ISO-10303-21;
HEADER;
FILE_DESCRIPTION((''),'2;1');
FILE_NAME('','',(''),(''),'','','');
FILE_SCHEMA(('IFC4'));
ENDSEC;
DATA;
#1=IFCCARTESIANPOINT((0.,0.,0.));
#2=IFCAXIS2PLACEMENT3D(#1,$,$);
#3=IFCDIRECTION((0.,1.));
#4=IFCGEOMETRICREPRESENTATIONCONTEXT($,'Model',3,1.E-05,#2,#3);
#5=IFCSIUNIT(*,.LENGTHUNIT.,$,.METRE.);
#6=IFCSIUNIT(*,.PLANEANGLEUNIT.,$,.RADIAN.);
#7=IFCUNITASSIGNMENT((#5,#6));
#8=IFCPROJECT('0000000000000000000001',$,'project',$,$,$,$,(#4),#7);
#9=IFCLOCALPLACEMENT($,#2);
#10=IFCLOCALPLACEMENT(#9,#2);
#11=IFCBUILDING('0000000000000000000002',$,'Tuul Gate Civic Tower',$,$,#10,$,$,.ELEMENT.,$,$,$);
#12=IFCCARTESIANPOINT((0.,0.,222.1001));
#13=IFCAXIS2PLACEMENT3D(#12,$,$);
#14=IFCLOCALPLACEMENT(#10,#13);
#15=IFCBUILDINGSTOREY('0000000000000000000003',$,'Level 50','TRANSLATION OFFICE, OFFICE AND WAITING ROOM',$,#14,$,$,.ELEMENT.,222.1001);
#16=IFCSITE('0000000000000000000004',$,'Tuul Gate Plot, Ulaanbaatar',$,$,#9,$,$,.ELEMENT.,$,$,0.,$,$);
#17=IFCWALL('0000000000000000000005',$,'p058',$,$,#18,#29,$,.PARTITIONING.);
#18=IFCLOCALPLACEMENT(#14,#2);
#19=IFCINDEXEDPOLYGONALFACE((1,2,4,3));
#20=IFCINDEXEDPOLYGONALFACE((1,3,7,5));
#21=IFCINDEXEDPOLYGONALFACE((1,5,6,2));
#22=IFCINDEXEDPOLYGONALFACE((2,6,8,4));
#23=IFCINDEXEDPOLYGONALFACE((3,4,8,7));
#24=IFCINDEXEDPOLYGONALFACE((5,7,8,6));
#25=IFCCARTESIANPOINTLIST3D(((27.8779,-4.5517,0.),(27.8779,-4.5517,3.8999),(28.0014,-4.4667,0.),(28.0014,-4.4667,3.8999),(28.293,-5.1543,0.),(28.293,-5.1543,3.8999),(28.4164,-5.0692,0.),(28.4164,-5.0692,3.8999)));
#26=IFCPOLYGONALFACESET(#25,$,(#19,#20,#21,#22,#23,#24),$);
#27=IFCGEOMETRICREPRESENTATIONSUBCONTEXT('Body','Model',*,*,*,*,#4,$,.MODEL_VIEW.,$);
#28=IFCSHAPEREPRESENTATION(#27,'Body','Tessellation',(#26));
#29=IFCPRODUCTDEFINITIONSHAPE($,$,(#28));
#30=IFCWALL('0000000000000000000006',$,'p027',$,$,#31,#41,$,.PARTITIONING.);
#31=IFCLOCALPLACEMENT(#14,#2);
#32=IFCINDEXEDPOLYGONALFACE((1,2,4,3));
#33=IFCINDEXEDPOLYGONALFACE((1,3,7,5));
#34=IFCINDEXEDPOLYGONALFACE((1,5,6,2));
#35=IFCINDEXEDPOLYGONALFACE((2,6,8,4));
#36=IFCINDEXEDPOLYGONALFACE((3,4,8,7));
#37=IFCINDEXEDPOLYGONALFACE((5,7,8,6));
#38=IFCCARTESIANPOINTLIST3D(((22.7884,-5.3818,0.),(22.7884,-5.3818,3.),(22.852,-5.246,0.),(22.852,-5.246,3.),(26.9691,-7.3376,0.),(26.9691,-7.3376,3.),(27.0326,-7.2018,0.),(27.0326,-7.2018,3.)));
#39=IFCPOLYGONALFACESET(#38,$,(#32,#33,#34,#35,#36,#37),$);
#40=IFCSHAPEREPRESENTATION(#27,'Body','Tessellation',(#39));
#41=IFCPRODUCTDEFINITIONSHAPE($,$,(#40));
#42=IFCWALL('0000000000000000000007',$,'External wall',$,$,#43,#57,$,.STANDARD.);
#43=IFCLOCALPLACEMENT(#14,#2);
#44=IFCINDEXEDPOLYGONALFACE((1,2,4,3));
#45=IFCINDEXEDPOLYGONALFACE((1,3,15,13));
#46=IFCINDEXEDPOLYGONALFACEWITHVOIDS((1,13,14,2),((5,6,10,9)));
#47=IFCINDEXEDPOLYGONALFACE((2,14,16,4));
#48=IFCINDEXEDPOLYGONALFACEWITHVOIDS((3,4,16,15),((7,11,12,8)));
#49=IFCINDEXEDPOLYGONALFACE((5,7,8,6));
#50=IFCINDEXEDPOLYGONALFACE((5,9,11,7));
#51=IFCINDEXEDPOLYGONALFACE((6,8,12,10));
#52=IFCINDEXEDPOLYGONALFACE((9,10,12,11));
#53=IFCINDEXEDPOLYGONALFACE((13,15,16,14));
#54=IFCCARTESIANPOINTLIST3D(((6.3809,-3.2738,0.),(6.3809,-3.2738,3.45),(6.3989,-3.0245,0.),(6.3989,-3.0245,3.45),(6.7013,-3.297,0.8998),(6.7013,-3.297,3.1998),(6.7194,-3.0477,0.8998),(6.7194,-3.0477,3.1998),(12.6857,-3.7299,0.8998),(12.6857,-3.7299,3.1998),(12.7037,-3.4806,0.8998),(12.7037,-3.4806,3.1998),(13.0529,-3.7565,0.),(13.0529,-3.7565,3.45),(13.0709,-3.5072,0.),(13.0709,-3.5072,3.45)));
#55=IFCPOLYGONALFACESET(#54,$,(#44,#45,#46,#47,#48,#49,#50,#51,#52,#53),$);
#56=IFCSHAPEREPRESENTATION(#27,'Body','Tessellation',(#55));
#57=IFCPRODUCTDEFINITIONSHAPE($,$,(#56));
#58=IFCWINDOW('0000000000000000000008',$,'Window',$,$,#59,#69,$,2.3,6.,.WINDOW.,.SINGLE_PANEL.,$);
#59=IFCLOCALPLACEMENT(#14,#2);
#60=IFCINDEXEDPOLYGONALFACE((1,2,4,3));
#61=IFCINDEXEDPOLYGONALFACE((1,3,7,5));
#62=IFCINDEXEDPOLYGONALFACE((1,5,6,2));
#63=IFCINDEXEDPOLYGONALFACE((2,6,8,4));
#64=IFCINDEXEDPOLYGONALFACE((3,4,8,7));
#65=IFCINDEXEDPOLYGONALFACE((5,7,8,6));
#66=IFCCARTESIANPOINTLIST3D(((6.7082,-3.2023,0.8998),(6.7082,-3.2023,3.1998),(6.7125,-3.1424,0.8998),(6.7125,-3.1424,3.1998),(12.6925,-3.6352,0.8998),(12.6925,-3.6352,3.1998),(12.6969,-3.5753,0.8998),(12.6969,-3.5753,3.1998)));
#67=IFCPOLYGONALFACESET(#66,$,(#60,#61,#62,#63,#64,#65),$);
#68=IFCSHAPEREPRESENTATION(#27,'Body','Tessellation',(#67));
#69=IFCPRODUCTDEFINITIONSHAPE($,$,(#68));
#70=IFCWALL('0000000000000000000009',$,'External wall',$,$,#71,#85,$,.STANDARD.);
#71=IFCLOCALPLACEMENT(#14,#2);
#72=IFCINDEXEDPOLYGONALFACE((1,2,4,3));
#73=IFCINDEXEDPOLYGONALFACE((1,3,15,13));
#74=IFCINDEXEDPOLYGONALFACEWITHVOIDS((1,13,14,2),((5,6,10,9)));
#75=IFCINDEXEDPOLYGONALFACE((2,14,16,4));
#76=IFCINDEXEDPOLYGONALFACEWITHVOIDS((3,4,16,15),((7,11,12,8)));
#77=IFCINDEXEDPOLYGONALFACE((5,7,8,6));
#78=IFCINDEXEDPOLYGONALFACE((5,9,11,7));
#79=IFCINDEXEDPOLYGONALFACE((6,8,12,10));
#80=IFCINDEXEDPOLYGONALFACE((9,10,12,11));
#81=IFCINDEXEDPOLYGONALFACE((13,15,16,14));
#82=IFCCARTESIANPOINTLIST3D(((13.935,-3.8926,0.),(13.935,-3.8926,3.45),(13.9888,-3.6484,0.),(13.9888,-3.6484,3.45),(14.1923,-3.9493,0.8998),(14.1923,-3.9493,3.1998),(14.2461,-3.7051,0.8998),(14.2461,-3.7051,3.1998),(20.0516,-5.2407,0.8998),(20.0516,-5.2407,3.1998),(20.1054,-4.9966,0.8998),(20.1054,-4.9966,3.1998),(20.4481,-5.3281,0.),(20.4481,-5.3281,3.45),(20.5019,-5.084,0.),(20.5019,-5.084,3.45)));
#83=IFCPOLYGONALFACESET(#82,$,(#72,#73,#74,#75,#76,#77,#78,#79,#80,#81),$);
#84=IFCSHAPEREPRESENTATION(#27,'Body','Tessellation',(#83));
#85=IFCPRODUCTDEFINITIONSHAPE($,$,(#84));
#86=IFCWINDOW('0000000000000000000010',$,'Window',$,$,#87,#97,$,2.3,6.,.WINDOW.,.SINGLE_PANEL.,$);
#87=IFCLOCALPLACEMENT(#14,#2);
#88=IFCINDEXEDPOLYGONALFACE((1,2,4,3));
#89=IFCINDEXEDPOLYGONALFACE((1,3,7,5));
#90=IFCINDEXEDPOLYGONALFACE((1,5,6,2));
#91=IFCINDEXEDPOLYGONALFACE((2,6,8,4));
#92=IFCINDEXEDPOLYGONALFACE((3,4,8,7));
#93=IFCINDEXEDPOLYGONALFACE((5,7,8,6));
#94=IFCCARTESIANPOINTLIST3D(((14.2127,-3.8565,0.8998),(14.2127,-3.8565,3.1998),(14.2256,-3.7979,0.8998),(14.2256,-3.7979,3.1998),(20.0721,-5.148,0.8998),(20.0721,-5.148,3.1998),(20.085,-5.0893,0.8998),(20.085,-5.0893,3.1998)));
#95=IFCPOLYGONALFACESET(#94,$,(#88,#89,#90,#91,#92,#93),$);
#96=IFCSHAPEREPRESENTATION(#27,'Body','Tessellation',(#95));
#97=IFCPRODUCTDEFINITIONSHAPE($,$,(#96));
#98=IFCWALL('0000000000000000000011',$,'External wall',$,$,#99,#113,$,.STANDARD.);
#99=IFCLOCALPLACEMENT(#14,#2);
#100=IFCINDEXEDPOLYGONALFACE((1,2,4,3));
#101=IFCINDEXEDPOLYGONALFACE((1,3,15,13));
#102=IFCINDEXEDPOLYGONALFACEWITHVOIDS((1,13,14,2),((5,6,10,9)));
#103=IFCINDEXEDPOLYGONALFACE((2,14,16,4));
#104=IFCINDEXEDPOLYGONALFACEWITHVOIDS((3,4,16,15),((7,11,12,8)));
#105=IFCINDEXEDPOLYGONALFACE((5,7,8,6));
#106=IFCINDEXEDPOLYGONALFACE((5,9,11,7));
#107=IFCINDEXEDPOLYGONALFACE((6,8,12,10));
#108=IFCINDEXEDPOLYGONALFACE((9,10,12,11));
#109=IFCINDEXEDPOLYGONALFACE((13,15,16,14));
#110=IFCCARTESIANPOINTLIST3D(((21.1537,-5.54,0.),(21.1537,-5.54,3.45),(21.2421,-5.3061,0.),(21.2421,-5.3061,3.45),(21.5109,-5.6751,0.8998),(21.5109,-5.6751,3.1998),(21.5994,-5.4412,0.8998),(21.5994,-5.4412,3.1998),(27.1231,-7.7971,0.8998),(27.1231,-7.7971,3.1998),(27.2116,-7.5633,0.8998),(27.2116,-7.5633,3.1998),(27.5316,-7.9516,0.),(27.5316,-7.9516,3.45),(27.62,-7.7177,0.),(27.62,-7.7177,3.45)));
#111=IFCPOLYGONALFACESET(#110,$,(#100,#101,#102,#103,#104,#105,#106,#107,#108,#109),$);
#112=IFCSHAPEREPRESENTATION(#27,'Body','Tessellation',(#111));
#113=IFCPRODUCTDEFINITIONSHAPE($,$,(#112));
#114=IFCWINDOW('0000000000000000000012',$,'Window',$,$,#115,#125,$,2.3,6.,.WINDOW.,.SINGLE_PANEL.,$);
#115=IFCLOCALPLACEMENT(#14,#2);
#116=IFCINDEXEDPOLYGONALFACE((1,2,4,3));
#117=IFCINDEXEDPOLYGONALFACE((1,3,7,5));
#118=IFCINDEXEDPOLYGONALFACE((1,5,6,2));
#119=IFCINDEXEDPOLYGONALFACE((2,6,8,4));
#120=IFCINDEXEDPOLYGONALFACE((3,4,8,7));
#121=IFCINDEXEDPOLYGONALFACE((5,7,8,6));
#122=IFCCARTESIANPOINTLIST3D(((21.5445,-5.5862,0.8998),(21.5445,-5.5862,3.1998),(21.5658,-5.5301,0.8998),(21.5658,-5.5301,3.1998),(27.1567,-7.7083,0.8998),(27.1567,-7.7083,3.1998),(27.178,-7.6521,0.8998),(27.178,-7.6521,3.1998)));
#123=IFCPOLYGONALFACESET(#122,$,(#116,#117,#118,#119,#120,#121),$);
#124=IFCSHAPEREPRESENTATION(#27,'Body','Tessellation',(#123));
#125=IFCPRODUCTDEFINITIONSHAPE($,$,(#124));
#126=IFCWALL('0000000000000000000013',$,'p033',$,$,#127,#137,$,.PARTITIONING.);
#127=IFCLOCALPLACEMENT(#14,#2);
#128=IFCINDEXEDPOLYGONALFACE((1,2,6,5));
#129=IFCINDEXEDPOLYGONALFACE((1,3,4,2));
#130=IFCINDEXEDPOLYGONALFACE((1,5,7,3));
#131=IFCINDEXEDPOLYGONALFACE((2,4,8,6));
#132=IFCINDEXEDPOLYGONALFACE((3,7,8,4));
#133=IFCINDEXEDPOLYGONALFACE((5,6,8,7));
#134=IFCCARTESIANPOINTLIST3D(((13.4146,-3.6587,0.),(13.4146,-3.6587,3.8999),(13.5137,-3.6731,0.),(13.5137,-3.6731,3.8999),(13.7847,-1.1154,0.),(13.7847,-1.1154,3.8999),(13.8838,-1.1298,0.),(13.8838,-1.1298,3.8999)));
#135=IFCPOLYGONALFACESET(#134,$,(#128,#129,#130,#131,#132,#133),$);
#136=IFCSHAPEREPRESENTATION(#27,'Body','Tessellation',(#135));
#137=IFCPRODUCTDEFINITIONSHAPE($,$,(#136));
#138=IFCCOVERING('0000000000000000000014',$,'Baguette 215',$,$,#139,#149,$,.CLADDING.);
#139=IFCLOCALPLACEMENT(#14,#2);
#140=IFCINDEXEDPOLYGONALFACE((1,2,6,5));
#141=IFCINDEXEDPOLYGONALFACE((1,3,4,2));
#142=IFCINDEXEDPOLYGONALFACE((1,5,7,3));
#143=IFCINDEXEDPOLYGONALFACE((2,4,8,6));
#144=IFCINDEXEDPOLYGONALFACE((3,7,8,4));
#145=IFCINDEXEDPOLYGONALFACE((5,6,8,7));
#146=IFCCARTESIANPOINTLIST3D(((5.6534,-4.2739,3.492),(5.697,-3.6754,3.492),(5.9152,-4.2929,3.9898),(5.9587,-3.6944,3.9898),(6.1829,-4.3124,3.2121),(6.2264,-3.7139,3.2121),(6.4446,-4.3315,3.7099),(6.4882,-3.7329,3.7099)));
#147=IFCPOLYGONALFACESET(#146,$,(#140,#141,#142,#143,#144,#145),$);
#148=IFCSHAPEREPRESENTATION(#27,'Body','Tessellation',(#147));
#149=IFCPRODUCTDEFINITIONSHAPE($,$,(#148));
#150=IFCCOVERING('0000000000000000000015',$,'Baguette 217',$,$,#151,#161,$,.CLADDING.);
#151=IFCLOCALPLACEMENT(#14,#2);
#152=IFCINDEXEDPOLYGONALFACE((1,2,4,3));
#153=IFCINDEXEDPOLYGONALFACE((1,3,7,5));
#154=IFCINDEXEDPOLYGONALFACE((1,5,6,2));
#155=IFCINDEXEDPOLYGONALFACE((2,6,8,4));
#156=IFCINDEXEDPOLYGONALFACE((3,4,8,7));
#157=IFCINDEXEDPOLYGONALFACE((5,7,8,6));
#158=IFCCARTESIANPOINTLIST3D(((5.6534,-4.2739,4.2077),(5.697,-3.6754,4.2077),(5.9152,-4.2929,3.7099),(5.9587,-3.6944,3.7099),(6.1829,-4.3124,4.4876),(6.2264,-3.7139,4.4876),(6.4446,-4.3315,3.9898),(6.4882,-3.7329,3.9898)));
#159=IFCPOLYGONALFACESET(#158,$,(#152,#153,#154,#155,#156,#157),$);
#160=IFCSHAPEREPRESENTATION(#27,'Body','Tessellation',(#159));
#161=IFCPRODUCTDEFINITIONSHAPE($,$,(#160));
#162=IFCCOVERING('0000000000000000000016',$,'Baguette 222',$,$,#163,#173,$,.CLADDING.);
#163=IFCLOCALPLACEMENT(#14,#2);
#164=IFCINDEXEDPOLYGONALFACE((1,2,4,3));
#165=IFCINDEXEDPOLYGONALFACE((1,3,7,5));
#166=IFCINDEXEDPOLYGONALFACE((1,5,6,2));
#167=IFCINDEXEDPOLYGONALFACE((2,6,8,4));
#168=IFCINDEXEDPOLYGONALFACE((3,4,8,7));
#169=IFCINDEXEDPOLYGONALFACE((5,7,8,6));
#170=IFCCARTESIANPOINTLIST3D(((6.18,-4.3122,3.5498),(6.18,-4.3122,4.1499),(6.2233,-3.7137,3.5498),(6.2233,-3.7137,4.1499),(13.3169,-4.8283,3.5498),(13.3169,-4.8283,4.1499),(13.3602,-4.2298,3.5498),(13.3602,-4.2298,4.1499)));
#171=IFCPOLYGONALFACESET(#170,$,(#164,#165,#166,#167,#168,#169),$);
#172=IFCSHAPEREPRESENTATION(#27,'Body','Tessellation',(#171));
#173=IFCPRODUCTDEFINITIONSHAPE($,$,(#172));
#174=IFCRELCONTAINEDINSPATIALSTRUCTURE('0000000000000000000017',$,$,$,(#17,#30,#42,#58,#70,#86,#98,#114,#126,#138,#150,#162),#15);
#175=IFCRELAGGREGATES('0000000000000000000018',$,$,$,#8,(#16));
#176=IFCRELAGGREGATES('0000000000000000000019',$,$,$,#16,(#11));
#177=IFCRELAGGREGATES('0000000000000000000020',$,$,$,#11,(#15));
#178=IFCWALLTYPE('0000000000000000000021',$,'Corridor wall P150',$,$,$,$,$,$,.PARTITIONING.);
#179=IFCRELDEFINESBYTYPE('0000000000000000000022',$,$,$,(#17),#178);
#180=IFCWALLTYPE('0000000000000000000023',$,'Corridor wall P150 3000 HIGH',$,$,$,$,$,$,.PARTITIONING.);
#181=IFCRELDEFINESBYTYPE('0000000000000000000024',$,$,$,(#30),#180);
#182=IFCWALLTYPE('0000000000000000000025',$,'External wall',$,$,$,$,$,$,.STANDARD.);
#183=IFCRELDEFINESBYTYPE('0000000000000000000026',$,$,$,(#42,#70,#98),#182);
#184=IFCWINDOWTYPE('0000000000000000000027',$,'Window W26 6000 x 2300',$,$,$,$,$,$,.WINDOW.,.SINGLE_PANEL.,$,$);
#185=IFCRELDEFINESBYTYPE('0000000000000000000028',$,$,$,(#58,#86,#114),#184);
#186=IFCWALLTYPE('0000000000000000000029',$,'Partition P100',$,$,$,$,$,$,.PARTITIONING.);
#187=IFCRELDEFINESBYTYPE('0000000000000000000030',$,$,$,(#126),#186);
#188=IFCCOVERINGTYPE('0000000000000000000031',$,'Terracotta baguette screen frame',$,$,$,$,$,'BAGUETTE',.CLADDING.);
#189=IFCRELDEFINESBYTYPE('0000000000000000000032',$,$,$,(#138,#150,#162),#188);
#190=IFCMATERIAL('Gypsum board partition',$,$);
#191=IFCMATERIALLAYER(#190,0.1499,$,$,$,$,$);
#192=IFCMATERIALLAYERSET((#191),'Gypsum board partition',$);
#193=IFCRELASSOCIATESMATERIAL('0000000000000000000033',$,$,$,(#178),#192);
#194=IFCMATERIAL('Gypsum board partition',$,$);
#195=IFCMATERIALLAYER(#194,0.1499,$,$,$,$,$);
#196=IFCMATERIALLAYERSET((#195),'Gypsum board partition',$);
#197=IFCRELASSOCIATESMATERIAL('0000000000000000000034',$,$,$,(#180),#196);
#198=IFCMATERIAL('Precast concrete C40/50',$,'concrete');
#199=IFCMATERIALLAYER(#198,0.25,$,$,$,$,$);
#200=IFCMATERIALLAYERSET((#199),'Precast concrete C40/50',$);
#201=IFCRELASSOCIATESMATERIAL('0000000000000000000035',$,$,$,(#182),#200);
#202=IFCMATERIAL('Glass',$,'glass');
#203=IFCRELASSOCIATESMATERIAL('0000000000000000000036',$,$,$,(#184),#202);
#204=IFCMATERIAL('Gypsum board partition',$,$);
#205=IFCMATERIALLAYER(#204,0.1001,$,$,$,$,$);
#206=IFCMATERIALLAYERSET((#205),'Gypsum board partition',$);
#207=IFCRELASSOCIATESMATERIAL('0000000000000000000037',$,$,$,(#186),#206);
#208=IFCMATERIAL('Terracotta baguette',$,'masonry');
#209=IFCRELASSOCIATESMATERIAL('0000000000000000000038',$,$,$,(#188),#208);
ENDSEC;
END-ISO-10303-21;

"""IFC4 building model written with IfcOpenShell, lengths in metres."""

from ifc_helpers import new_model, si_unit, direction, frame, frame_2d, origin, origin_2d, place, context, subcontext, project, spatial, rectangle, extrude, material, layer, layer_set, material_profile, profile_set, type_object, element, fill, save


model = new_model("IFC4")

# Units and contexts
model_context = context("Model", 3, precision=1e-05, world=origin(), true_north=direction((0.0, 1.0)))
body_context = subcontext(model_context, "Body", "Model", "MODEL_VIEW")
ifc_project = project(units=[si_unit("LENGTHUNIT", "METRE"), si_unit("PLANEANGLEUNIT", "RADIAN")], contexts=[model_context])

# Site, building, storey
site_placement = place(None, origin())
site = spatial("IfcSite", under=ifc_project, at=site_placement, Name="Tuul Gate Plot, Ulaanbaatar", CompositionType="ELEMENT", RefElevation=0.0)
building_placement = place(site_placement, origin())
building = spatial("IfcBuilding", under=site, at=building_placement, Name="Tuul Gate Civic Tower", CompositionType="ELEMENT")
storey_placement = place(building_placement, frame((0.0, 0.0, 222.1001)))
storey = spatial("IfcBuildingStorey", under=building, at=storey_placement, Name="Level 50", Description="TRANSLATION OFFICE, OFFICE AND WAITING ROOM", CompositionType="ELEMENT", Elevation=222.1001)

# Walls
ifc_material_1 = material(Name="Gypsum board partition")
ifc_layer_1 = layer(ifc_material_1, 0.1499)
ifc_layer_set_1 = layer_set([ifc_layer_1], Name="Gypsum board partition")
wall_type_1 = type_object("IfcWallType", Name="Corridor wall P150", PredefinedType="PARTITIONING", material=ifc_layer_set_1)
wall_1_placement = place(storey_placement, frame((27.9397, -4.5093, 0.0), z_axis=(0.0, 0.0, 1.0), x_axis=(0.567265, -0.823535, 0.0)))
element("IfcWall", 1, at=wall_1_placement, inside=storey, type_object=wall_type_1, Name="p058", PredefinedType="PARTITIONING", context=body_context, shape_type="SweptSolid", body=[
    extrude(rectangle(XDim=0.7317, YDim=0.1499, at=frame_2d((0.3657, 0.0))), origin(), (0.0, 0.0, 1.0), 3.8999),
])
ifc_material_2 = material(Name="Gypsum board partition")
ifc_layer_2 = layer(ifc_material_2, 0.1499)
ifc_layer_set_2 = layer_set([ifc_layer_2], Name="Gypsum board partition")
wall_type_2 = type_object("IfcWallType", Name="Corridor wall P150 3000 HIGH", PredefinedType="PARTITIONING", material=ifc_layer_set_2)
wall_2_placement = place(storey_placement, frame((22.8203, -5.314, 0.0), z_axis=(0.0, 0.0, 1.0), x_axis=(0.905781, -0.423745, 0.0)))
element("IfcWall", 2, at=wall_2_placement, inside=storey, type_object=wall_type_2, Name="p027", PredefinedType="PARTITIONING", context=body_context, shape_type="SweptSolid", body=[
    extrude(rectangle(XDim=4.6155, YDim=0.1499, at=frame_2d((2.3076, 0.0))), origin(), (0.0, 0.0, 1.0), 3.0),
])

# Walls, openings, windows
ifc_material_3 = material(Name="Precast concrete C40/50", Category="concrete")
ifc_layer_3 = layer(ifc_material_3, 0.25)
ifc_layer_set_3 = layer_set([ifc_layer_3], Name="Precast concrete C40/50")
wall_type_3 = type_object("IfcWallType", Name="External wall", PredefinedType="STANDARD", material=ifc_layer_set_3)
wall_3_placement = place(storey_placement, frame((6.3899, -3.1492, 0.0), z_axis=(0.0, 0.0, 1.0), x_axis=(0.997394, -0.072152, 0.0)))
wall_3 = element("IfcWall", 3, at=wall_3_placement, inside=storey, type_object=wall_type_3, Name="External wall", PredefinedType="STANDARD", context=body_context, shape_type="SweptSolid", body=[
    extrude(rectangle(XDim=6.6895, YDim=0.25, at=frame_2d((3.3447, 0.0))), origin(), (0.0, 0.0, 1.0), 3.45),
])
opening_1_placement = place(wall_3_placement, frame((0.3213, 0.0, 0.8999)))
opening_1 = element("IfcOpeningElement", 4, at=opening_1_placement, cuts=wall_3, PredefinedType="OPENING", context=body_context, shape_type="SweptSolid", body=[
    extrude(rectangle(XDim=6.0, YDim=2.3, at=frame_2d((3.0, 1.1499))), frame((0.0, 0.135, 0.0), z_axis=(0.0, -1.0, 0.0), x_axis=(1.0, 0.0, 0.0)), (0.0, 0.0, 1.0), 0.27),
])
ifc_material_4 = material(Name="Glass", Category="glass")
window_type = type_object("IfcWindowType", Name="Window W26 6000 x 2300", PartitioningType="SINGLE_PANEL", PredefinedType="WINDOW", material=ifc_material_4)
window_1_placement = place(opening_1_placement, origin())
window_1 = element("IfcWindow", 5, at=window_1_placement, inside=storey, type_object=window_type, Name="Window", OverallHeight=2.3, OverallWidth=6.0, PartitioningType="SINGLE_PANEL", PredefinedType="WINDOW", context=body_context, shape_type="SweptSolid", body=[
    extrude(rectangle(XDim=6.0, YDim=2.3, at=frame_2d((3.0, 1.1499))), frame((0.0, 0.03, 0.0), z_axis=(0.0, -1.0, 0.0), x_axis=(1.0, 0.0, 0.0)), (0.0, 0.0, 1.0), 0.0601),
])
fill(opening_1, window_1)
wall_4_placement = place(storey_placement, frame((13.9619, -3.7705, 0.0), z_axis=(0.0, 0.0, 1.0), x_axis=(0.976561, -0.21524, 0.0)))
wall_4 = element("IfcWall", 6, at=wall_4_placement, inside=storey, type_object=wall_type_3, Name="External wall", PredefinedType="STANDARD", context=body_context, shape_type="SweptSolid", body=[
    extrude(rectangle(XDim=6.6694, YDim=0.25, at=frame_2d((3.3347, 0.0))), origin(), (0.0, 0.0, 1.0), 3.45),
])
opening_2_placement = place(wall_4_placement, frame((0.2634, 0.0, 0.8999)))
opening_2 = element("IfcOpeningElement", 7, at=opening_2_placement, cuts=wall_4, PredefinedType="OPENING", context=body_context, shape_type="SweptSolid", body=[
    extrude(rectangle(XDim=6.0, YDim=2.3, at=frame_2d((3.0, 1.1499))), frame((0.0, 0.135, 0.0), z_axis=(0.0, -1.0, 0.0), x_axis=(1.0, 0.0, 0.0)), (0.0, 0.0, 1.0), 0.27),
])
window_2_placement = place(opening_2_placement, origin())
window_2 = element("IfcWindow", 8, at=window_2_placement, inside=storey, type_object=window_type, Name="Window", OverallHeight=2.3, OverallWidth=6.0, PartitioningType="SINGLE_PANEL", PredefinedType="WINDOW", context=body_context, shape_type="SweptSolid", body=[
    extrude(rectangle(XDim=6.0, YDim=2.3, at=frame_2d((3.0, 1.1499))), frame((0.0, 0.03, 0.0), z_axis=(0.0, -1.0, 0.0), x_axis=(1.0, 0.0, 0.0)), (0.0, 0.0, 1.0), 0.0601),
])
fill(opening_2, window_2)
wall_5_placement = place(storey_placement, frame((21.198, -5.4231, 0.0), z_axis=(0.0, 0.0, 1.0), x_axis=(0.935366, -0.35368, 0.0)))
wall_5 = element("IfcWall", 9, at=wall_5_placement, inside=storey, type_object=wall_type_3, Name="External wall", PredefinedType="STANDARD", context=body_context, shape_type="SweptSolid", body=[
    extrude(rectangle(XDim=6.8186, YDim=0.25, at=frame_2d((3.4092, 0.0))), origin(), (0.0, 0.0, 1.0), 3.45),
])
opening_3_placement = place(wall_5_placement, frame((0.3818, 0.0, 0.8999)))
opening_3 = element("IfcOpeningElement", 10, at=opening_3_placement, cuts=wall_5, PredefinedType="OPENING", context=body_context, shape_type="SweptSolid", body=[
    extrude(rectangle(XDim=6.0, YDim=2.3, at=frame_2d((3.0, 1.1499))), frame((0.0, 0.135, 0.0), z_axis=(0.0, -1.0, 0.0), x_axis=(1.0, 0.0, 0.0)), (0.0, 0.0, 1.0), 0.27),
])
window_3_placement = place(opening_3_placement, origin())
window_3 = element("IfcWindow", 11, at=window_3_placement, inside=storey, type_object=window_type, Name="Window", OverallHeight=2.3, OverallWidth=6.0, PartitioningType="SINGLE_PANEL", PredefinedType="WINDOW", context=body_context, shape_type="SweptSolid", body=[
    extrude(rectangle(XDim=6.0, YDim=2.3, at=frame_2d((3.0, 1.1499))), frame((0.0, 0.03, 0.0), z_axis=(0.0, -1.0, 0.0), x_axis=(1.0, 0.0, 0.0)), (0.0, 0.0, 1.0), 0.0601),
])
fill(opening_3, window_3)

# Wall
ifc_material_5 = material(Name="Gypsum board partition")
ifc_layer_4 = layer(ifc_material_5, 0.1001)
ifc_layer_set_4 = layer_set([ifc_layer_4], Name="Gypsum board partition")
wall_type_4 = type_object("IfcWallType", Name="Partition P100", PredefinedType="PARTITIONING", material=ifc_layer_set_4)
wall_6_placement = place(storey_placement, frame((13.4641, -3.666, 0.0), z_axis=(0.0, 0.0, 1.0), x_axis=(0.144014, 0.989576, 0.0)))
element("IfcWall", 12, at=wall_6_placement, inside=storey, type_object=wall_type_4, Name="p033", PredefinedType="PARTITIONING", context=body_context, shape_type="SweptSolid", body=[
    extrude(rectangle(XDim=2.5701, YDim=0.1001, at=frame_2d((1.2852, 0.0))), origin(), (0.0, 0.0, 1.0), 3.8999),
])

# Coverings
ifc_material_6 = material(Name="Terracotta baguette", Category="masonry")
ifc_material_profile_1 = material_profile(ifc_material_6, rectangle(XDim=0.6001, YDim=0.6001, at=origin_2d()), Name="Terracotta baguette screen frame")
ifc_profile_set_1 = profile_set([ifc_material_profile_1], Name="Terracotta baguette")
covering_type = type_object("IfcCoveringType", Name="Terracotta baguette screen frame", ElementType="BAGUETTE", PredefinedType="CLADDING", material=ifc_profile_set_1)
for number, where, z_axis, x_axis, name in (
    (13, (5.9399, -3.9939, 3.3521), (0.465086, -0.03384, 0.884618), (0.072569, 0.997363, 0.0), "Baguette 215"),
    (14, (5.9399, -3.9939, 4.3477), (0.465086, -0.03384, -0.884618), (0.072569, 0.997363, 0.0), "Baguette 217"),
):
    element("IfcCovering", number, at=place(storey_placement, frame(where, z_axis=z_axis, x_axis=x_axis)), inside=storey, type_object=covering_type, Name=name, PredefinedType="CLADDING", context=body_context, shape_type="SweptSolid", body=[
        extrude(rectangle(XDim=0.6001, YDim=0.6001, at=origin_2d()), origin(), (0.0, 0.0, 1.0), 0.5627),
    ])
covering_1_placement = place(storey_placement, frame((6.2017, -4.0129, 3.8499), z_axis=(0.997395, -0.072127, 0.0), x_axis=(0.072127, 0.997395, 0.0)))
element("IfcCovering", 15, at=covering_1_placement, inside=storey, type_object=covering_type, Name="Baguette 222", PredefinedType="CLADDING", context=body_context, shape_type="SweptSolid", body=[
    extrude(rectangle(XDim=0.6001, YDim=0.6001, at=origin_2d()), origin(), (0.0, 0.0, 1.0), 7.1555),
])

save(model, "model.ifc")
